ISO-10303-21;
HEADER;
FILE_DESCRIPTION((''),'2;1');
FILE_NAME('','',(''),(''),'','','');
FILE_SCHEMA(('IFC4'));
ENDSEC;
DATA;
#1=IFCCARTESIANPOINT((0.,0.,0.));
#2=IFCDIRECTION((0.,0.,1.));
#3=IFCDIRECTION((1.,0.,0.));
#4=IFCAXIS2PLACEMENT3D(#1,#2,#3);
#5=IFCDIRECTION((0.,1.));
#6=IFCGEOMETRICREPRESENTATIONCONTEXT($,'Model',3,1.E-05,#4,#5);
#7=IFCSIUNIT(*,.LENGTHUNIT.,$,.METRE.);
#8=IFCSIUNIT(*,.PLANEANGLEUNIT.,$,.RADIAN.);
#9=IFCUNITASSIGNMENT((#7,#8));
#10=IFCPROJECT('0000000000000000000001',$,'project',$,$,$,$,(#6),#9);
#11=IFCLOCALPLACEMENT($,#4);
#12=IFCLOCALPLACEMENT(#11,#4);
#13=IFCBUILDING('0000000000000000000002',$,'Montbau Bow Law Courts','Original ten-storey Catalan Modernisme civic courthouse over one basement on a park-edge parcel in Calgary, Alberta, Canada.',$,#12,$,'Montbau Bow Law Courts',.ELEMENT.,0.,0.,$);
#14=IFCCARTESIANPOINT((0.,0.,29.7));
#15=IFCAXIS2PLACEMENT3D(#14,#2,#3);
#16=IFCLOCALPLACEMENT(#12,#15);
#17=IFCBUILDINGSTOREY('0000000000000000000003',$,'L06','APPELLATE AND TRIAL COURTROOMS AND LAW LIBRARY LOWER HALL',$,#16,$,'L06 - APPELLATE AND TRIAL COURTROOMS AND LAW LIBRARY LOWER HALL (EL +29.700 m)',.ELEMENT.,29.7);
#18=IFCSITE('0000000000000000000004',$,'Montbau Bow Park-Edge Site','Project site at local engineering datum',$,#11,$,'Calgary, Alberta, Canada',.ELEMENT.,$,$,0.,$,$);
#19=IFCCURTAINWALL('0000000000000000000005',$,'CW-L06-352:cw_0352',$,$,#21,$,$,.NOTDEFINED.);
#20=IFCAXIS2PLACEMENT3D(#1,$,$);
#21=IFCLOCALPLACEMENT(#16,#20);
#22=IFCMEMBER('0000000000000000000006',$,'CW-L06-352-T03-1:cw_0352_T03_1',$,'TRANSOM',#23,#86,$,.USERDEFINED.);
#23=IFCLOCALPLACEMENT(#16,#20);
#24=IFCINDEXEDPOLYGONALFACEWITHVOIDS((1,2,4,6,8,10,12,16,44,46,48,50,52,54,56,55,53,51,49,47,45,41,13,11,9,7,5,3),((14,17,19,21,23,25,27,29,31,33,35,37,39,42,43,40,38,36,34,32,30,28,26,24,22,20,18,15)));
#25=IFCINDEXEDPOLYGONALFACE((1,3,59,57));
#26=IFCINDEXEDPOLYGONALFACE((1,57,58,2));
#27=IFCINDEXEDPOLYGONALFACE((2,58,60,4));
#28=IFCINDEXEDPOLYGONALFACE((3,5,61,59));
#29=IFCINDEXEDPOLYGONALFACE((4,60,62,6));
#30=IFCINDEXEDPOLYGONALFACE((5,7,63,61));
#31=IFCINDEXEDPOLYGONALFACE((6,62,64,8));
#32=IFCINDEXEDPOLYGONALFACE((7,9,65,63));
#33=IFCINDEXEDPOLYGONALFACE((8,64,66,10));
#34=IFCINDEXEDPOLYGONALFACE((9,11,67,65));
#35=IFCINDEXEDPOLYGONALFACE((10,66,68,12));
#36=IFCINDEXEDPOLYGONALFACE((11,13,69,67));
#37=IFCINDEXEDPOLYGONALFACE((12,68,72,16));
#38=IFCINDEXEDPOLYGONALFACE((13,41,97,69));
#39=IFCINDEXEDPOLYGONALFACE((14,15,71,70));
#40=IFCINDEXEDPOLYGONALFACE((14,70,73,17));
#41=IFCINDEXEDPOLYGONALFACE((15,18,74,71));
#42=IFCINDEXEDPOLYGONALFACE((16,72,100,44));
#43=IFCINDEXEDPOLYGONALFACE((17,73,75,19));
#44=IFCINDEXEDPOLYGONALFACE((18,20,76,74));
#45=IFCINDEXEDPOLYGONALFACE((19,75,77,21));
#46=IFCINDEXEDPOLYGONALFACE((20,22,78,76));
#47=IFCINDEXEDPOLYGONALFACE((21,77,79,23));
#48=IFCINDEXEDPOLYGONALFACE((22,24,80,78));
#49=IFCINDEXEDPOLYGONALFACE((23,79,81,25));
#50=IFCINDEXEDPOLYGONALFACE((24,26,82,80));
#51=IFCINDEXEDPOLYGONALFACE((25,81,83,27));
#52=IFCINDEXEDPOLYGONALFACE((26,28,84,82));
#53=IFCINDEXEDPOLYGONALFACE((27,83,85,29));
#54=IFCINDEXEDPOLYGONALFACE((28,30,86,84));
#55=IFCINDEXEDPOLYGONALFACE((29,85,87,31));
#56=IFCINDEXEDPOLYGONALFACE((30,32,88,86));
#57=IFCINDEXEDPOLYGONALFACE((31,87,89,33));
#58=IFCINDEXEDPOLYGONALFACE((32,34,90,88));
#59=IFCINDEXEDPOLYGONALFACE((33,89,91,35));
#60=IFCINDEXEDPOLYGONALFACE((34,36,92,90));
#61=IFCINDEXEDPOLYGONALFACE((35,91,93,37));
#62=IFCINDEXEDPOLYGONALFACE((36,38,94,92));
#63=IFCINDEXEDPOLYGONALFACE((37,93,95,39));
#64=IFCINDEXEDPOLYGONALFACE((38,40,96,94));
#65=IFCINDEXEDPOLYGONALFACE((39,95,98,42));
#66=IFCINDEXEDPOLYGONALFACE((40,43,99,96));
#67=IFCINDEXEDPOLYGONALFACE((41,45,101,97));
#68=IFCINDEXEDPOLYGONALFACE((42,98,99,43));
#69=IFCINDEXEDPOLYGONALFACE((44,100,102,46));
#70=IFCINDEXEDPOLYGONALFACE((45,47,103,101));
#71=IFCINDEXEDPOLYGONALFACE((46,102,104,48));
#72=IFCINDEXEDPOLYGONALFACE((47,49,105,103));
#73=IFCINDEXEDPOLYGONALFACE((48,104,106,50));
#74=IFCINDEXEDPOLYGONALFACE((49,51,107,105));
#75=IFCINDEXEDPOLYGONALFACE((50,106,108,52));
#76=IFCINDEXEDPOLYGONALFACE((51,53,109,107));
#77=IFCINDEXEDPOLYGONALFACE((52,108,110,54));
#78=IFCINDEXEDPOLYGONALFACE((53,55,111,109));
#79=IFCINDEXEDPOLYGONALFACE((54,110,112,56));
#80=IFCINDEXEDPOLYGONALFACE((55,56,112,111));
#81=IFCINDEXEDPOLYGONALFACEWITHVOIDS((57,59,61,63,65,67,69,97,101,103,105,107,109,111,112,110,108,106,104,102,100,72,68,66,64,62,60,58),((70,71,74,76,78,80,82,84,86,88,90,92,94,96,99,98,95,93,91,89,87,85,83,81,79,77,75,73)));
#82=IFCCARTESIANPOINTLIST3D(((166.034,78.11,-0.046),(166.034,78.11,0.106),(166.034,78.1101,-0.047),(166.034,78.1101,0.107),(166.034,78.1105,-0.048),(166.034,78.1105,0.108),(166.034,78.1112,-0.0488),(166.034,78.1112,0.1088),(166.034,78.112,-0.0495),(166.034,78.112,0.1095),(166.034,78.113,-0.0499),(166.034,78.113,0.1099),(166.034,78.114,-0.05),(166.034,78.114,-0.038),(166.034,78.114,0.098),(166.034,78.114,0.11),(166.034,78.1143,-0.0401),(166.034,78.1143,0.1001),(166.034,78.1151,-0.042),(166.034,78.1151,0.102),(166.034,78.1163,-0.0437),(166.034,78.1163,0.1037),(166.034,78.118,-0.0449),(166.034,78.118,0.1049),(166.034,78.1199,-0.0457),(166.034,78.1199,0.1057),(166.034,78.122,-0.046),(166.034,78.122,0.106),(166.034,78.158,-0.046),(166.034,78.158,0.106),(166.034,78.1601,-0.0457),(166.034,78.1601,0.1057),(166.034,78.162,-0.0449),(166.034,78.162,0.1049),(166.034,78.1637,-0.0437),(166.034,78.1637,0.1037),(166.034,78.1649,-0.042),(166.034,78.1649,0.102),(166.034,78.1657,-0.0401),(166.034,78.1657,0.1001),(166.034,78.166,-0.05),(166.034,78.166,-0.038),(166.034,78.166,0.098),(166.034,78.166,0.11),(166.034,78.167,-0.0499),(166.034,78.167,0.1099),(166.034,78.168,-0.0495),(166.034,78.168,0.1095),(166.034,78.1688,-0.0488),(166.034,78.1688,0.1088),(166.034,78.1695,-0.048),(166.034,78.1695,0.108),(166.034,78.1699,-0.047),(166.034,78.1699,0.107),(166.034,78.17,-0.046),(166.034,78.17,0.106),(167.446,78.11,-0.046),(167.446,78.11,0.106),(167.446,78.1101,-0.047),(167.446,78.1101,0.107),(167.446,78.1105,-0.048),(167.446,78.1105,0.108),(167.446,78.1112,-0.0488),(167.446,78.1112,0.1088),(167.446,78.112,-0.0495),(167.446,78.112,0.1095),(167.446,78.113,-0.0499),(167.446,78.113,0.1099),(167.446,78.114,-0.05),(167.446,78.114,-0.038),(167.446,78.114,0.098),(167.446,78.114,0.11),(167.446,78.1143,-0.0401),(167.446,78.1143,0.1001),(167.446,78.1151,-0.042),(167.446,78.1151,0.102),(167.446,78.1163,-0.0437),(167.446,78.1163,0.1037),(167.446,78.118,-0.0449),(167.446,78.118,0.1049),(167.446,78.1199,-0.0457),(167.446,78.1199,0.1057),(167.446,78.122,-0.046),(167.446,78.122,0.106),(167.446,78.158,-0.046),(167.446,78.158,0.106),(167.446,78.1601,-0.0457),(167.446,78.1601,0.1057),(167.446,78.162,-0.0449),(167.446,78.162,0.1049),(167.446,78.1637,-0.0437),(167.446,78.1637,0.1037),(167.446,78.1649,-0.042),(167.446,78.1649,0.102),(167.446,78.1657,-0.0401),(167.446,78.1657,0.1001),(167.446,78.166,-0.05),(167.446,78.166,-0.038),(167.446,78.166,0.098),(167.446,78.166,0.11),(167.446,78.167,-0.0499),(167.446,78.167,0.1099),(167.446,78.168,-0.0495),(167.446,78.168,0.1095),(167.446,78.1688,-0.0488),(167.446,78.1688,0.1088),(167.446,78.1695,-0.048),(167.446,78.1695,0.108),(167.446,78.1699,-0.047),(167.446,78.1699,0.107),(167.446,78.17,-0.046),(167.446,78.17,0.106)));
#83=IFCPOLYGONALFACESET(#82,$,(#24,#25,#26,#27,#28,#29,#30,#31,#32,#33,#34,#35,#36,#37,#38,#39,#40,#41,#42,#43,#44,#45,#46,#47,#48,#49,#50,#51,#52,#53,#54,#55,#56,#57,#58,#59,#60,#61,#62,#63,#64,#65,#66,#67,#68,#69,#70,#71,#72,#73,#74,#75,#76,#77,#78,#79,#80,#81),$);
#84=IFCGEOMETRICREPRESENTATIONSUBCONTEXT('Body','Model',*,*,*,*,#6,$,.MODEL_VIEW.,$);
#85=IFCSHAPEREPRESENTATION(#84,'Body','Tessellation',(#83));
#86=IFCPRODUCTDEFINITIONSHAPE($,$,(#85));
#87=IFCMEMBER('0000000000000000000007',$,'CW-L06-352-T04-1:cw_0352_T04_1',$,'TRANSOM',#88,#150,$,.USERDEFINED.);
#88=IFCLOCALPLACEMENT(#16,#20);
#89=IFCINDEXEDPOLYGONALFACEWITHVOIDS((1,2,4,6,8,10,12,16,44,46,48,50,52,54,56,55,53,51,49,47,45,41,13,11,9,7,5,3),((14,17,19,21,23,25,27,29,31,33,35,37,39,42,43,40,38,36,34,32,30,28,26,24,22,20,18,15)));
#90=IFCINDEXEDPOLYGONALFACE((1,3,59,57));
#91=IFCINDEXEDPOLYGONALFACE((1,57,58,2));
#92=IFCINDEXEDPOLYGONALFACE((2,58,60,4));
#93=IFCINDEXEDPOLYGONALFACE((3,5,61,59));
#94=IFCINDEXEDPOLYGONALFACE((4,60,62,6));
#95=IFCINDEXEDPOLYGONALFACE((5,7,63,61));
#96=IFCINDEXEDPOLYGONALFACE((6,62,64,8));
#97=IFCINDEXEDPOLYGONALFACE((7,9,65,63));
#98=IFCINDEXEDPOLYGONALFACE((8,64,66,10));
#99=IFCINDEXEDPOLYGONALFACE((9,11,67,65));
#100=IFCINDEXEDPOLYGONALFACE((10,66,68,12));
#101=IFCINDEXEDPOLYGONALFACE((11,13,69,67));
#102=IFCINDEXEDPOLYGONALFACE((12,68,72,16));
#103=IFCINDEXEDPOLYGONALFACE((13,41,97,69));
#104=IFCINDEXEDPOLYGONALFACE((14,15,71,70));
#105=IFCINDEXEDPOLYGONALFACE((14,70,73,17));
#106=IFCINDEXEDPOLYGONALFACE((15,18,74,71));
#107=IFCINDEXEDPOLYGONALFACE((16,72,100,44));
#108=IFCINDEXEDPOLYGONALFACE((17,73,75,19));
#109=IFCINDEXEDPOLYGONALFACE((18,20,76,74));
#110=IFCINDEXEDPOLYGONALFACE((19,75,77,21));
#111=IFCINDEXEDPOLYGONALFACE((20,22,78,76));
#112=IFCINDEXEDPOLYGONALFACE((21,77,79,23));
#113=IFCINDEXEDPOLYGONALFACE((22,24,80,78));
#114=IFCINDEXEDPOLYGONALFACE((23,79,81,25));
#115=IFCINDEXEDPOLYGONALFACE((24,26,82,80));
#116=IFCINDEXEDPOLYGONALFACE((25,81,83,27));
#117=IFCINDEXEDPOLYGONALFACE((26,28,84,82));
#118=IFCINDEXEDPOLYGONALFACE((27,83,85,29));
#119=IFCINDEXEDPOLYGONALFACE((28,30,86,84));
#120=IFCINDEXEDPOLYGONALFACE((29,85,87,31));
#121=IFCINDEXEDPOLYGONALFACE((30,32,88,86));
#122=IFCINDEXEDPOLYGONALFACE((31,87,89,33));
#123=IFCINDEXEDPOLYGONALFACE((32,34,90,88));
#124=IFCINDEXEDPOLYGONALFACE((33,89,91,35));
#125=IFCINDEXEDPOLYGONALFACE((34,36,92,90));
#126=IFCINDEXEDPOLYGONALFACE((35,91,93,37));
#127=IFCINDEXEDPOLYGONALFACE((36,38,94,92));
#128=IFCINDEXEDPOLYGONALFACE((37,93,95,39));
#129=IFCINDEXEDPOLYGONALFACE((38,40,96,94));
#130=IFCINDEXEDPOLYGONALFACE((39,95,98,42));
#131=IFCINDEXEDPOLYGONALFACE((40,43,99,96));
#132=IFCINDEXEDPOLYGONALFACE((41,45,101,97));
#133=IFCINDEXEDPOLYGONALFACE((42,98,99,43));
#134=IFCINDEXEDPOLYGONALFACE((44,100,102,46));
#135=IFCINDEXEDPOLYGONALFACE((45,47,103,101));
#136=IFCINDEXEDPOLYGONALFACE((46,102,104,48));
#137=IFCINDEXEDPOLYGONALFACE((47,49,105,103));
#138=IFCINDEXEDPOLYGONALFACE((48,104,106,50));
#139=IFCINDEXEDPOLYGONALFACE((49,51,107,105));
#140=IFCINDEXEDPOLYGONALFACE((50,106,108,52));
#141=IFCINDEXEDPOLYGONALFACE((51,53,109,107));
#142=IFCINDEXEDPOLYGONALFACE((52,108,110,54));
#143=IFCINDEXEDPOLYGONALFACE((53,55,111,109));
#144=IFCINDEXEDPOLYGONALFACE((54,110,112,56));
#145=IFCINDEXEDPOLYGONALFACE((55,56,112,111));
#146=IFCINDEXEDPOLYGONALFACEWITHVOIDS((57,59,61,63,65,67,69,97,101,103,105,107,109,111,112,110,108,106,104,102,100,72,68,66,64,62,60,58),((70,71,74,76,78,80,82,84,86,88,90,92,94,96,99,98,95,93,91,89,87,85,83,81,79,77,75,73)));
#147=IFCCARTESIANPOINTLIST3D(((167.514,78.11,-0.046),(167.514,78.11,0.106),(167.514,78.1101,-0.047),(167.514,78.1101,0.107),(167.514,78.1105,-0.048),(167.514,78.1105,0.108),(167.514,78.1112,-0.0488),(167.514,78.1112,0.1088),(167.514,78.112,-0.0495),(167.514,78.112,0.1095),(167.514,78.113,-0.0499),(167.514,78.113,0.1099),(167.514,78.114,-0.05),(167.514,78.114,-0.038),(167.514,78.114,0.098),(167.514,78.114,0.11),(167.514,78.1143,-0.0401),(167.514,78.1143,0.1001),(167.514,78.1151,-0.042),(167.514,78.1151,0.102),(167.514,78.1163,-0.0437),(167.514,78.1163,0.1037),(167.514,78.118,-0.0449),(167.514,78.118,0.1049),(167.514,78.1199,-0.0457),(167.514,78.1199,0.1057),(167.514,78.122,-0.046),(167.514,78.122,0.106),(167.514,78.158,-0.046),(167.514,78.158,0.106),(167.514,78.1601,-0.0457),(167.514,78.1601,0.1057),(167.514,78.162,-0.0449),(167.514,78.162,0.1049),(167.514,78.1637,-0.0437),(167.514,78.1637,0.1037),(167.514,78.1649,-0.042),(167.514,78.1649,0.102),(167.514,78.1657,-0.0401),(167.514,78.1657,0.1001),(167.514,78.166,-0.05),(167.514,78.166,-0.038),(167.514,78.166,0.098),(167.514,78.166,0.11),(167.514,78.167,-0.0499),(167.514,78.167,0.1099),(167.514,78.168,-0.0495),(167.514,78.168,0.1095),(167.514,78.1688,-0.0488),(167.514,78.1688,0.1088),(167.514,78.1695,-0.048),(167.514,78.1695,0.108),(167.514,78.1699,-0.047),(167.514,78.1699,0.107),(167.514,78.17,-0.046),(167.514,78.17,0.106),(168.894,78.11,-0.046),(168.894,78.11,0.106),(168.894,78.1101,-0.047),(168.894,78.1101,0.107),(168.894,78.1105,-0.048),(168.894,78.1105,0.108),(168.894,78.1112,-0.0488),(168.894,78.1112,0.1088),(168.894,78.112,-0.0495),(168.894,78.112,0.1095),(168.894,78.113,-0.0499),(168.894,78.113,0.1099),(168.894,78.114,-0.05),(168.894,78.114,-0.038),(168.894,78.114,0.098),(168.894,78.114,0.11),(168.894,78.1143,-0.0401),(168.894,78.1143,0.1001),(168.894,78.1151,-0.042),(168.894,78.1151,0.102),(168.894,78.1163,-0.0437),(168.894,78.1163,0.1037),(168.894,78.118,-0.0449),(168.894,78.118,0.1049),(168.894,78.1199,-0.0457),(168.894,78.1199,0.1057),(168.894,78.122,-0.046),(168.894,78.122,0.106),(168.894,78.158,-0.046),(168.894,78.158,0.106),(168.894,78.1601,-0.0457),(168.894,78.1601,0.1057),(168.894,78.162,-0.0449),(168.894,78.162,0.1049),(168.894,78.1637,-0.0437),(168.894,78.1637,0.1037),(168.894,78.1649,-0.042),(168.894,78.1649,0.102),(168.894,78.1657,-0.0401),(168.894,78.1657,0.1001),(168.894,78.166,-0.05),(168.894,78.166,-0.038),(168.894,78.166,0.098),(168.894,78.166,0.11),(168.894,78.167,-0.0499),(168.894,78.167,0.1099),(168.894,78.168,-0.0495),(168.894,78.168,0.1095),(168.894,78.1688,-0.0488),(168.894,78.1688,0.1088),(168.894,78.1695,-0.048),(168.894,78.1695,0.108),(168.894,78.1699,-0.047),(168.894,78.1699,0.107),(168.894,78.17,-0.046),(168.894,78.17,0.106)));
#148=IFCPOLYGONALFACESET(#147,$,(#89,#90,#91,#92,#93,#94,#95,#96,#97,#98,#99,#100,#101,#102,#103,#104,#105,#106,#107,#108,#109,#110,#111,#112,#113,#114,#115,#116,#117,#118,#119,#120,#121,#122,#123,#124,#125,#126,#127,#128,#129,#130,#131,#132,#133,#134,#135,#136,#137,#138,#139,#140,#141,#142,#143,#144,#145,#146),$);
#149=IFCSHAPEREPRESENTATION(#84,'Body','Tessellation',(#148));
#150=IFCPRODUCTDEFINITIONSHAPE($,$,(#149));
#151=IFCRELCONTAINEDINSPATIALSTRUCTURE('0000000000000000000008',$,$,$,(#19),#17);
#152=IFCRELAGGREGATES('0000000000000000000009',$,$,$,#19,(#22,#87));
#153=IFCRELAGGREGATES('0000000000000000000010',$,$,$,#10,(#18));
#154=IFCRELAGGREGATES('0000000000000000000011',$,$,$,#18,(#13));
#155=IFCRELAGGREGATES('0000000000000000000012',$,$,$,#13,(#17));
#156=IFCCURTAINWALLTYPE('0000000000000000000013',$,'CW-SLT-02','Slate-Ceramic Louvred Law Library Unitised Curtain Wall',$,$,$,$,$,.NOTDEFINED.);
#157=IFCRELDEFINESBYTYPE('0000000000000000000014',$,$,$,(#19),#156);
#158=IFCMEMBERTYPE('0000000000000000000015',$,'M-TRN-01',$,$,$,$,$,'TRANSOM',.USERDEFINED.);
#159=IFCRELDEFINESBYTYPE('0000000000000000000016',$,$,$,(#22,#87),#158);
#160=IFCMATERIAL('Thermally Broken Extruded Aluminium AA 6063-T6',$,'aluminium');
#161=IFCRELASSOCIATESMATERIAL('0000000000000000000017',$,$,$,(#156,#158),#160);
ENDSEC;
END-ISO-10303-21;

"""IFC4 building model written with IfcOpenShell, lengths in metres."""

from ifc_helpers import new_model, si_unit, direction, frame, origin_with_axes, origin_2d_with_axis, place, context, subcontext, project, spatial, hollow_rectangle, extrude, material, material_profile, profile_set, type_object, element, aggregate, save


model = new_model("IFC4")

# Units and contexts
model_context = context("Model", 3, precision=1e-05, world=origin_with_axes(), true_north=direction((0.0, 1.0)))
body_context = subcontext(model_context, "Body", "Model", "MODEL_VIEW")
ifc_project = project(units=[si_unit("LENGTHUNIT", "METRE"), si_unit("PLANEANGLEUNIT", "RADIAN")], contexts=[model_context])

# Site, building, storey
site_placement = place(None, origin_with_axes())
site = spatial("IfcSite", under=ifc_project, at=site_placement, Name="Montbau Bow Park-Edge Site", Description="Project site at local engineering datum", LongName="Calgary, Alberta, Canada", CompositionType="ELEMENT", RefElevation=0.0)
building_placement = place(site_placement, origin_with_axes())
building = spatial("IfcBuilding", under=site, at=building_placement, Name="Montbau Bow Law Courts", Description="Original ten-storey Catalan Modernisme civic courthouse over one basement on a park-edge parcel in Calgary, Alberta, Canada.", LongName="Montbau Bow Law Courts", CompositionType="ELEMENT", ElevationOfRefHeight=0.0, ElevationOfTerrain=0.0)
storey_placement = place(building_placement, frame((0.0, 0.0, 29.7), z_axis=(0.0, 0.0, 1.0), x_axis=(1.0, 0.0, 0.0)))
storey = spatial("IfcBuildingStorey", under=building, at=storey_placement, Name="L06", Description="APPELLATE AND TRIAL COURTROOMS AND LAW LIBRARY LOWER HALL", LongName="L06 - APPELLATE AND TRIAL COURTROOMS AND LAW LIBRARY LOWER HALL (EL +29.700 m)", CompositionType="ELEMENT", Elevation=29.7)

# Curtain wall
ifc_material_1 = material(Name="Thermally Broken Extruded Aluminium AA 6063-T6", Category="aluminium")
curtain_wall_type = type_object("IfcCurtainWallType", Name="CW-SLT-02", Description="Slate-Ceramic Louvred Law Library Unitised Curtain Wall", PredefinedType="NOTDEFINED", material=ifc_material_1)
curtain_wall_1_placement = place(None, frame((163.04, 78.14, 29.7), z_axis=(0.0, 0.0, 1.0), x_axis=(1.0, 0.0, 0.0)))
curtain_wall_1 = element("IfcCurtainWall", 1, at=curtain_wall_1_placement, inside=storey, type_object=curtain_wall_type, Name="CW-L06-352:cw_0352", PredefinedType="NOTDEFINED")

# Members
ifc_material_profile_1 = material_profile(ifc_material_1, hollow_rectangle(XDim=0.06, YDim=0.16, WallThickness=0.004, InnerFilletRadius=0.008, OuterFilletRadius=0.004, at=origin_2d_with_axis()), Name="CWT-160X60", Category="Main", Priority=0)
ifc_profile_set_1 = profile_set([ifc_material_profile_1], Name="Thermally Broken Extruded Aluminium AA 6063-T6")
member_type_1 = type_object("IfcMemberType", Name="M-TRN-01", ElementType="TRANSOM", PredefinedType="USERDEFINED", material=ifc_profile_set_1)
member_1_placement = place(None, frame((166.034, 78.14, 29.73), z_axis=(1.0, 0.0, 0.0), x_axis=(0.0, 1.0, 0.0)))
member_1 = element("IfcMember", 2, at=member_1_placement, type_object=member_type_1, Name="CW-L06-352-T03-1:cw_0352_T03_1", ObjectType="TRANSOM", PredefinedType="USERDEFINED", context=body_context, shape_type="SweptSolid", body=[
    extrude(hollow_rectangle(XDim=0.06, YDim=0.16, WallThickness=0.004, InnerFilletRadius=0.008, OuterFilletRadius=0.004, at=origin_2d_with_axis()), origin_with_axes(), (0.0, 0.0, 1.0), 1.412),
])
member_2_placement = place(None, frame((167.514, 78.14, 29.73), z_axis=(1.0, 0.0, 0.0), x_axis=(0.0, 1.0, 0.0)))
member_2 = element("IfcMember", 3, at=member_2_placement, type_object=member_type_1, Name="CW-L06-352-T04-1:cw_0352_T04_1", ObjectType="TRANSOM", PredefinedType="USERDEFINED", context=body_context, shape_type="SweptSolid", body=[
    extrude(hollow_rectangle(XDim=0.06, YDim=0.16, WallThickness=0.004, InnerFilletRadius=0.008, OuterFilletRadius=0.004, at=origin_2d_with_axis()), origin_with_axes(), (0.0, 0.0, 1.0), 1.38),
])
aggregate(curtain_wall_1, [member_1, member_2])

save(model, "model.ifc")
